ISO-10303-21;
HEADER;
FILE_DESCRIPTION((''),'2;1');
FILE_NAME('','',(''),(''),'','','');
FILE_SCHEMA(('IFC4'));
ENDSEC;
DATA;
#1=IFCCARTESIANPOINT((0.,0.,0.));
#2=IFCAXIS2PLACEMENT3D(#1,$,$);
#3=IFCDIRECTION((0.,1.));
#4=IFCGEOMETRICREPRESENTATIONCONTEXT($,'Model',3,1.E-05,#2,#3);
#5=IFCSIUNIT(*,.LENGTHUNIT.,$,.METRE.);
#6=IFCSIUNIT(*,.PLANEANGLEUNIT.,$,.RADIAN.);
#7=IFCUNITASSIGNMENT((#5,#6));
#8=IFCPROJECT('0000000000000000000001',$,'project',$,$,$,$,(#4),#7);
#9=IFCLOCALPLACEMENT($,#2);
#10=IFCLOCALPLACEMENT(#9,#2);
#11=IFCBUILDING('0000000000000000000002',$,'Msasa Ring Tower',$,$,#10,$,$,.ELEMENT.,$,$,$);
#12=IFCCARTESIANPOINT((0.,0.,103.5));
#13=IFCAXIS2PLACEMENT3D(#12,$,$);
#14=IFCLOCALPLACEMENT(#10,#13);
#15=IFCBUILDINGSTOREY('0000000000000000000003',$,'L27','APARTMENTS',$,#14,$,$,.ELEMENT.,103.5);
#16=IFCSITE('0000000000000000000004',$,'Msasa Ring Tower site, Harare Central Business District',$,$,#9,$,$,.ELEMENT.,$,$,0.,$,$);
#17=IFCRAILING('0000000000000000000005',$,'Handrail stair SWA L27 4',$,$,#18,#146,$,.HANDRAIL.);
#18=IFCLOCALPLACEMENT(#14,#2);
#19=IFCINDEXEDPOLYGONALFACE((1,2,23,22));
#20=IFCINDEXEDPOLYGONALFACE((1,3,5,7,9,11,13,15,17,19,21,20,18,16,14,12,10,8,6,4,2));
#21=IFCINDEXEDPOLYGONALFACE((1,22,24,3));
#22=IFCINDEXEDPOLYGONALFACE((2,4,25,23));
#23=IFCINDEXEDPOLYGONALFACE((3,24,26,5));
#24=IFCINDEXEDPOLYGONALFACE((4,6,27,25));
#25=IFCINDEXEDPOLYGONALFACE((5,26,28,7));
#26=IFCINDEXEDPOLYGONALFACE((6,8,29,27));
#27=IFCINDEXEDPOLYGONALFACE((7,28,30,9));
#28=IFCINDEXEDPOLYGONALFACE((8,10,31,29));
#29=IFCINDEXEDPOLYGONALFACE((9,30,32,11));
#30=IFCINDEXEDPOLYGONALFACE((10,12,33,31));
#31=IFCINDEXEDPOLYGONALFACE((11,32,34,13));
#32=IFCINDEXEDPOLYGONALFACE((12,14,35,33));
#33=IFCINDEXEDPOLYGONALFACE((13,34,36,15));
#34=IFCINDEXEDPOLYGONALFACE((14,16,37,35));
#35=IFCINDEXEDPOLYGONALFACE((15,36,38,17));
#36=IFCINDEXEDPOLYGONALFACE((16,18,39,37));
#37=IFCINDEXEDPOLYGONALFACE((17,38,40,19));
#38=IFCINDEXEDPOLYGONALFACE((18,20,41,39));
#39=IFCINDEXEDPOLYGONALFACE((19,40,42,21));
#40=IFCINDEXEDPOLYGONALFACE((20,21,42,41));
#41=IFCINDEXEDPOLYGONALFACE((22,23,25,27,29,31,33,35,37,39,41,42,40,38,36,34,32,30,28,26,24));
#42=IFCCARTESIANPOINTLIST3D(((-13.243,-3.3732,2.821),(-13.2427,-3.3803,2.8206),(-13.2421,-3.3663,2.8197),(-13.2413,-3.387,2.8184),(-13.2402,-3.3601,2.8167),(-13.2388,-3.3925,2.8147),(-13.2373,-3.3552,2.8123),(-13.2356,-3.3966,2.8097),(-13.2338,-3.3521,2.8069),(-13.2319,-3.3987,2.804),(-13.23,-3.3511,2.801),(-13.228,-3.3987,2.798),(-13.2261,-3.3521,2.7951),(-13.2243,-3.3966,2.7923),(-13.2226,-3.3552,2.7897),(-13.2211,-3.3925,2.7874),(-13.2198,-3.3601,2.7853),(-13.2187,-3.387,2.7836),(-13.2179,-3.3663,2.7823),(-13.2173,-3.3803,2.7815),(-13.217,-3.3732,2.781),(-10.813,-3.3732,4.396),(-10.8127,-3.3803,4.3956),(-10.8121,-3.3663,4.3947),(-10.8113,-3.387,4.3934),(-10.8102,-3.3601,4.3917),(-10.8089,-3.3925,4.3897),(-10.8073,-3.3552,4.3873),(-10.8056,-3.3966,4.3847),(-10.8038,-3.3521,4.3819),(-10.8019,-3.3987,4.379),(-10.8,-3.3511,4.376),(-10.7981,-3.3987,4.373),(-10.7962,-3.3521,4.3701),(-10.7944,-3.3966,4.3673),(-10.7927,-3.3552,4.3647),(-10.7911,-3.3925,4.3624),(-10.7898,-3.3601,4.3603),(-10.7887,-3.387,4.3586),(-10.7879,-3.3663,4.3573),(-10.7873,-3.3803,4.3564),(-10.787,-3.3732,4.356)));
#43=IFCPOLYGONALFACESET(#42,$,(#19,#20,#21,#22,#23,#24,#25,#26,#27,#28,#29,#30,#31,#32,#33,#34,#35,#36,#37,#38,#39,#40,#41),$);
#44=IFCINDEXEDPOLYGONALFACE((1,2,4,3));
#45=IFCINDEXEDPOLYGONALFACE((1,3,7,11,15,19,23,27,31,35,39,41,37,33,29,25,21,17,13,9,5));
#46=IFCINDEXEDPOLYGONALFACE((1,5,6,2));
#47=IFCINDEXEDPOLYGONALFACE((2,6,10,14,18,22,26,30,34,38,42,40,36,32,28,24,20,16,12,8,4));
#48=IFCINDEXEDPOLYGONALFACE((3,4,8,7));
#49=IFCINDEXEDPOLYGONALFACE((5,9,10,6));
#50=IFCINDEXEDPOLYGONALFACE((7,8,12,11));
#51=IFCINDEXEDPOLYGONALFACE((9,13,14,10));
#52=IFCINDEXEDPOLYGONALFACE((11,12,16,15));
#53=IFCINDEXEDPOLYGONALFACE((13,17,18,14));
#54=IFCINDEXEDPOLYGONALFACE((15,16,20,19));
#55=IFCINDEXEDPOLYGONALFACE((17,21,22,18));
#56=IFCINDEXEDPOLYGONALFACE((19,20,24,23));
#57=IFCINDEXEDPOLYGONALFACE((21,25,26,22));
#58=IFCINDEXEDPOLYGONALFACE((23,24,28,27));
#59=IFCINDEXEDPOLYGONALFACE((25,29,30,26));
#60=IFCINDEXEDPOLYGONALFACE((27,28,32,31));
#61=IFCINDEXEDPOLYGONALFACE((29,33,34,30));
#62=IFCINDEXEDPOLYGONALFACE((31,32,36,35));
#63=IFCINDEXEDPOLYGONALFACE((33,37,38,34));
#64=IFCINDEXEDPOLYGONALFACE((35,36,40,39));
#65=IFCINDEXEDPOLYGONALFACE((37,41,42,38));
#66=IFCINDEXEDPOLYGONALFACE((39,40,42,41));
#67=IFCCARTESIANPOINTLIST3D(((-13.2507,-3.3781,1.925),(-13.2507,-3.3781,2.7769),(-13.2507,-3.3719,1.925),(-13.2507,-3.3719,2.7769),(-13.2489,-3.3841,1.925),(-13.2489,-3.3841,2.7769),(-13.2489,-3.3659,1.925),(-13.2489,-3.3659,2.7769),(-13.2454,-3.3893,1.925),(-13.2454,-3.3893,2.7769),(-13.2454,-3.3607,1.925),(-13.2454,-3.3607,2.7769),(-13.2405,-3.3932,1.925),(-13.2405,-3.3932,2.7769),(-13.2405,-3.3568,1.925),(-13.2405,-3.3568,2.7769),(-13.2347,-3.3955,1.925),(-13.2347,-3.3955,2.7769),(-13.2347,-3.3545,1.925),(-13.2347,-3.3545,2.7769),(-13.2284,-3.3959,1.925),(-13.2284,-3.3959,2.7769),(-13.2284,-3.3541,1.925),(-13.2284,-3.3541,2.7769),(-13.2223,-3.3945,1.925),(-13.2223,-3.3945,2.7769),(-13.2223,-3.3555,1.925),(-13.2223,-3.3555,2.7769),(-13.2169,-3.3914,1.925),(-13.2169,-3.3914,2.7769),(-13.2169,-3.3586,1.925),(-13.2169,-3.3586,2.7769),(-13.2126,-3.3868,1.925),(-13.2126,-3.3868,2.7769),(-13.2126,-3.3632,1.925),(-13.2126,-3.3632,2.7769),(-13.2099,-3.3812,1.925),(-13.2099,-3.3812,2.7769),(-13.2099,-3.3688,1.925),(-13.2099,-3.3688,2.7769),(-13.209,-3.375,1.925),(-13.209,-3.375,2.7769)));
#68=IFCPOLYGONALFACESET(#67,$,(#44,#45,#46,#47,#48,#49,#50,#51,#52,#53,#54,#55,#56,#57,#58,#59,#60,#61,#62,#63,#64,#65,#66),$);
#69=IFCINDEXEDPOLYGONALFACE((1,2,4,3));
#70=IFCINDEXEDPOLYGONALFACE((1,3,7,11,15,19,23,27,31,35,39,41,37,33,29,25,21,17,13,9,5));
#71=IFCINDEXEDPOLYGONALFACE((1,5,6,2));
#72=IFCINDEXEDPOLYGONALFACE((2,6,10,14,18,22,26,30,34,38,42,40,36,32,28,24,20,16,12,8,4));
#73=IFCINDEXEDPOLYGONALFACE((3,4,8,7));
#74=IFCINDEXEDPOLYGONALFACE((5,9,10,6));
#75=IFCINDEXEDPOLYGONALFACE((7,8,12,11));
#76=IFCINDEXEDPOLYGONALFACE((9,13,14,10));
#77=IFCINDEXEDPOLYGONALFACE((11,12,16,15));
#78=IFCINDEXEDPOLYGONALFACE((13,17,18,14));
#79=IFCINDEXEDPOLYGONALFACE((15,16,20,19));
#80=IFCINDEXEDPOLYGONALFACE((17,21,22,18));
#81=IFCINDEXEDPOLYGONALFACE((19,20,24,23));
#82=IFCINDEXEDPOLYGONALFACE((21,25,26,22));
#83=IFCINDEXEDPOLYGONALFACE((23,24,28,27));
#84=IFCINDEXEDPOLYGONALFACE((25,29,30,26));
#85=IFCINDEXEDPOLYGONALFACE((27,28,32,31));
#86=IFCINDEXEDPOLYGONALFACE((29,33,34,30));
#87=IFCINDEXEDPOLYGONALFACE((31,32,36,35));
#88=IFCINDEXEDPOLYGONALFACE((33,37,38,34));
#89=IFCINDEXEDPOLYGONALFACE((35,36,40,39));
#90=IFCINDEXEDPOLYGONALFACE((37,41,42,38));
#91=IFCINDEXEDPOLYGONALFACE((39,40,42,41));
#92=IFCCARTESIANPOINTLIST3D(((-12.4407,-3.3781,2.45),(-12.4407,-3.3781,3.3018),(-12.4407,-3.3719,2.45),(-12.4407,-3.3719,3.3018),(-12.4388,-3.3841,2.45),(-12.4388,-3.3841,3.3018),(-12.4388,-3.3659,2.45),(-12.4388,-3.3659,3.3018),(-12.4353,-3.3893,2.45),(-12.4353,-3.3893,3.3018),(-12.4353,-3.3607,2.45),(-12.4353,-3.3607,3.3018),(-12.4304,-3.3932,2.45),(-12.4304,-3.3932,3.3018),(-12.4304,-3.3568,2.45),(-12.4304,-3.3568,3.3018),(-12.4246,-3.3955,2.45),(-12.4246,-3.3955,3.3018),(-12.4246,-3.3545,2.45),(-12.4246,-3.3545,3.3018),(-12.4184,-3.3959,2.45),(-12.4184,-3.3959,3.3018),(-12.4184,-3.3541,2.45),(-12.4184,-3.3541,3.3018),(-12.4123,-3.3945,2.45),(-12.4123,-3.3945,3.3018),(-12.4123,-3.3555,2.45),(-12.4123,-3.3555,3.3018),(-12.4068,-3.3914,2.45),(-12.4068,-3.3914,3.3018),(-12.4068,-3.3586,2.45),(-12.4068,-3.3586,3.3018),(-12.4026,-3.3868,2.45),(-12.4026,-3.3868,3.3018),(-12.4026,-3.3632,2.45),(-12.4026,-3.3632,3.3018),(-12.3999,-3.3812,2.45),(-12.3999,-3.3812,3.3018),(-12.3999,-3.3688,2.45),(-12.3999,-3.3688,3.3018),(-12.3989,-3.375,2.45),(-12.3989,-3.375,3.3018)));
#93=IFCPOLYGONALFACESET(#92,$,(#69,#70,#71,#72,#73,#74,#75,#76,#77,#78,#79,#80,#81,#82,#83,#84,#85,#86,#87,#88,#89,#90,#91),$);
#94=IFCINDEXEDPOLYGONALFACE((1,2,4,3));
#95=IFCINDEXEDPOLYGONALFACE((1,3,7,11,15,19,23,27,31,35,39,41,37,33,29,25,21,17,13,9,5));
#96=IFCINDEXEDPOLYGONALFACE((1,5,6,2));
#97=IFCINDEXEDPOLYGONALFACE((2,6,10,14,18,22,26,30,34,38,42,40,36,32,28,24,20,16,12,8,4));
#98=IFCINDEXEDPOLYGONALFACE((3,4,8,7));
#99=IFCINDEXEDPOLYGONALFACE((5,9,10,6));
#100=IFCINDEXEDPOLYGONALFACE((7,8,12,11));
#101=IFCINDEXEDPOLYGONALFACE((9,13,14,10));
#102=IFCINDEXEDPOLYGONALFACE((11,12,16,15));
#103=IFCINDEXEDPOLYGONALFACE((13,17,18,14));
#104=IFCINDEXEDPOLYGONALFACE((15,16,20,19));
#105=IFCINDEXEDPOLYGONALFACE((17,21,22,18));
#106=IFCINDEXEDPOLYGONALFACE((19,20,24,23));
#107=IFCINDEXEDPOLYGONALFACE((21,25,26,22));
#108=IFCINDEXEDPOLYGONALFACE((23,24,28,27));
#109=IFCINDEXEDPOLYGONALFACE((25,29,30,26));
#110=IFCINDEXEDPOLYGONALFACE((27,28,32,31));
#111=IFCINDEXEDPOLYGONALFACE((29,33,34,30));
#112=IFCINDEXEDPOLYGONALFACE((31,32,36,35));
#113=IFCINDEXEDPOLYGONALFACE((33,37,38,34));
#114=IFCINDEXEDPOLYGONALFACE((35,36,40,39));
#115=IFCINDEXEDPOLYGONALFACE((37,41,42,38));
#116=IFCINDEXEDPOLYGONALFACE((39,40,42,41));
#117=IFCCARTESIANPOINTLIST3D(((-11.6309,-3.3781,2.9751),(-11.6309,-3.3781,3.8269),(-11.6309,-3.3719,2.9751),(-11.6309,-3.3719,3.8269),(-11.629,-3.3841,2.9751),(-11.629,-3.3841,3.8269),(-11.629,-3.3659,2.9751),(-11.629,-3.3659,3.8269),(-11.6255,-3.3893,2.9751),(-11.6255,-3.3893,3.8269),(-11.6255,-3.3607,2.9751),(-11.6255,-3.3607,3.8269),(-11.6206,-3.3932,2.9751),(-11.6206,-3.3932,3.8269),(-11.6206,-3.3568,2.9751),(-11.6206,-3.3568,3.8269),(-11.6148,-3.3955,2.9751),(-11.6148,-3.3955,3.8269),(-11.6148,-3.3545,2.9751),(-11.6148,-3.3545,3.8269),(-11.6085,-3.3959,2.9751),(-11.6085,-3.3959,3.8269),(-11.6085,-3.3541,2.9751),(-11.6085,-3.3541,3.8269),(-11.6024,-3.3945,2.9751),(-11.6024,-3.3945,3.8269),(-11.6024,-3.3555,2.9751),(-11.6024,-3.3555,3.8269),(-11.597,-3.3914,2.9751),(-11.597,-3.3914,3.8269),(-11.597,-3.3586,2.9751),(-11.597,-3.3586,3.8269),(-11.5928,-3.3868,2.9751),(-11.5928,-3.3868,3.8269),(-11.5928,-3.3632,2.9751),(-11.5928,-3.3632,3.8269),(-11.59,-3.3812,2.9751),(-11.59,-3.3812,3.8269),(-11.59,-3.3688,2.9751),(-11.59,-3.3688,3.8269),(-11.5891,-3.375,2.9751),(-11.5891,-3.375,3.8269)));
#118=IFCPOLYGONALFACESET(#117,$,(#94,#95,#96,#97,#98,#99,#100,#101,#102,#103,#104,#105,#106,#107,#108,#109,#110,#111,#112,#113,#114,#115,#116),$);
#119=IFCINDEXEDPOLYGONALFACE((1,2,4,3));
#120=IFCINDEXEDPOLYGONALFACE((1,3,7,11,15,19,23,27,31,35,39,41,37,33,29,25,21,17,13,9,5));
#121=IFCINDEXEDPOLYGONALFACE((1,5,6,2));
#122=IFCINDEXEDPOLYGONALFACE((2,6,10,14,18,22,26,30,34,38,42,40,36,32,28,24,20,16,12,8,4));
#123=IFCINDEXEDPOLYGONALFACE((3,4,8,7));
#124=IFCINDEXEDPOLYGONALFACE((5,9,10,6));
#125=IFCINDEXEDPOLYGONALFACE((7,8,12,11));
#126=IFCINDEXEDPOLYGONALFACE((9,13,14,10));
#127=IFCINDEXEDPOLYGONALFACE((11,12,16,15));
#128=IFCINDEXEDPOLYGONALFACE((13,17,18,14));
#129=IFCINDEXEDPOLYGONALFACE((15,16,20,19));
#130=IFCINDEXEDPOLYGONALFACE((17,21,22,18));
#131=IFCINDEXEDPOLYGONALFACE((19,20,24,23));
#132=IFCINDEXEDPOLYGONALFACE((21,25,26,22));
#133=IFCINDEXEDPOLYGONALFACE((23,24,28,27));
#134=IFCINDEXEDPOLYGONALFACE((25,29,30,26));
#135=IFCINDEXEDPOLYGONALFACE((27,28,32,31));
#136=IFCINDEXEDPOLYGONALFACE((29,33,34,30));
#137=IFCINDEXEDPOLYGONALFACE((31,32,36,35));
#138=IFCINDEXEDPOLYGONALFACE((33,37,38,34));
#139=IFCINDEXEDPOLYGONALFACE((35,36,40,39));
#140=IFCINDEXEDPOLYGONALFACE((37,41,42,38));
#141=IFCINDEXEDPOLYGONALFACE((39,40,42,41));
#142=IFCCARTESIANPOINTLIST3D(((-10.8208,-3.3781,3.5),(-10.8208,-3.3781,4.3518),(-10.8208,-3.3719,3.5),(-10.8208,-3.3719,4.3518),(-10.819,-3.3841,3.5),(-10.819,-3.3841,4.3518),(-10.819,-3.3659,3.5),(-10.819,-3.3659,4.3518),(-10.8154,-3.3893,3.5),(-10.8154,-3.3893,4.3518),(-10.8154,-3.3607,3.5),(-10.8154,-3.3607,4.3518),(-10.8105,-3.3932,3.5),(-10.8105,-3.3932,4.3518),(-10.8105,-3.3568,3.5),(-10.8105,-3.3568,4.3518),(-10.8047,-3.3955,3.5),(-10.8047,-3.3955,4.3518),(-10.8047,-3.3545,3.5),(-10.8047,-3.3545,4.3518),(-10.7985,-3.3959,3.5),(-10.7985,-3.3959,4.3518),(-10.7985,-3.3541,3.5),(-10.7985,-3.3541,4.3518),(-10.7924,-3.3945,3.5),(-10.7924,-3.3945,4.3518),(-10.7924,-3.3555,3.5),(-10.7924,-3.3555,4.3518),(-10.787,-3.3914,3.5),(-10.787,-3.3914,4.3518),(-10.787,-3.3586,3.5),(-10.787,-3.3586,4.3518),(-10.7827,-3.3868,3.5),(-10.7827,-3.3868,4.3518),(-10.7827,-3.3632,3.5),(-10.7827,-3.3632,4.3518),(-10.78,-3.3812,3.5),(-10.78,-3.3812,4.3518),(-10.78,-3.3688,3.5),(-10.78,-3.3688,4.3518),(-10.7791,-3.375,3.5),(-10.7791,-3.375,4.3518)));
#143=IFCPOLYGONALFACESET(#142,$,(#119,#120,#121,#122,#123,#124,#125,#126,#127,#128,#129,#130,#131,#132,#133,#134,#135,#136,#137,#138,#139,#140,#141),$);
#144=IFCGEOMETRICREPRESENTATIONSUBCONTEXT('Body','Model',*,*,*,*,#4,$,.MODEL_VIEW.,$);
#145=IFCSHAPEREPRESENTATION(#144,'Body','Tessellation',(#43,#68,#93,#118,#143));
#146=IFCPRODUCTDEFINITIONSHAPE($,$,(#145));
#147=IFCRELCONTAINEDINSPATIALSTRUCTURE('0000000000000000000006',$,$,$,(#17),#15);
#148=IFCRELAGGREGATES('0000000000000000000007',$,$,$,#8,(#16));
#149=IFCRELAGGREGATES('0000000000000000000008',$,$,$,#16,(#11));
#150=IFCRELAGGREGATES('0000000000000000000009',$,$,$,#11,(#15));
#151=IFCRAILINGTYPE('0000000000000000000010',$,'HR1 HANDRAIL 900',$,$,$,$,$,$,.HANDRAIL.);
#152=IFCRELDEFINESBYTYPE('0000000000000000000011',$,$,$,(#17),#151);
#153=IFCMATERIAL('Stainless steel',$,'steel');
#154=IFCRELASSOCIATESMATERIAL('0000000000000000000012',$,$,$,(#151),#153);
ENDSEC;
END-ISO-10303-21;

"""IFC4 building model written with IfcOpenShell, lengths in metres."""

from ifc_helpers import new_model, si_unit, direction, frame, origin, origin_2d, place, context, subcontext, project, spatial, circle, extrude, material, type_object, element, save


model = new_model("IFC4")

# Units and contexts
model_context = context("Model", 3, precision=1e-05, world=origin(), true_north=direction((0.0, 1.0)))
body_context = subcontext(model_context, "Body", "Model", "MODEL_VIEW")
ifc_project = project(units=[si_unit("LENGTHUNIT", "METRE"), si_unit("PLANEANGLEUNIT", "RADIAN")], contexts=[model_context])

# Site, building, storey
site_placement = place(None, origin())
site = spatial("IfcSite", under=ifc_project, at=site_placement, Name="Msasa Ring Tower site, Harare Central Business District", CompositionType="ELEMENT", RefElevation=0.0)
building_placement = place(site_placement, origin())
building = spatial("IfcBuilding", under=site, at=building_placement, Name="Msasa Ring Tower", CompositionType="ELEMENT")
storey_placement = place(building_placement, frame((0.0, 0.0, 103.5)))
storey = spatial("IfcBuildingStorey", under=building, at=storey_placement, Name="L27", Description="APARTMENTS", CompositionType="ELEMENT", Elevation=103.5)

# Railing
ifc_material_1 = material(Name="Stainless steel", Category="steel")
railing_type = type_object("IfcRailingType", Name="HR1 HANDRAIL 900", PredefinedType="HANDRAIL", material=ifc_material_1)
for number, where, name in (
    (1, (-13.23, -3.375, 1.925), "Handrail stair SWA L27 4"),
):
    element("IfcRailing", number, at=place(storey_placement, frame(where)), inside=storey, type_object=railing_type, Name=name, PredefinedType="HANDRAIL", context=body_context, shape_type="SweptSolid", body=[
        extrude(circle(Radius=0.0239, at=origin_2d()), frame((0.0, 0.0, 0.876), z_axis=(0.839154, 0.0, 0.543894), x_axis=(0.0, 1.0, 0.0)), (0.0, 0.0, 1.0), 2.8958),
        extrude(circle(Radius=0.021, at=origin_2d()), origin(), (0.0, 0.0, 1.0), 0.8518),
        extrude(circle(Radius=0.021, at=origin_2d()), frame((0.8101, 0.0, 0.5249)), (0.0, 0.0, 1.0), 0.8518),
        extrude(circle(Radius=0.021, at=origin_2d()), frame((1.6199, 0.0, 1.05)), (0.0, 0.0, 1.0), 0.8518),
        extrude(circle(Radius=0.021, at=origin_2d()), frame((2.4299, 0.0, 1.575)), (0.0, 0.0, 1.0), 0.8518),
    ])

save(model, "model.ifc")
